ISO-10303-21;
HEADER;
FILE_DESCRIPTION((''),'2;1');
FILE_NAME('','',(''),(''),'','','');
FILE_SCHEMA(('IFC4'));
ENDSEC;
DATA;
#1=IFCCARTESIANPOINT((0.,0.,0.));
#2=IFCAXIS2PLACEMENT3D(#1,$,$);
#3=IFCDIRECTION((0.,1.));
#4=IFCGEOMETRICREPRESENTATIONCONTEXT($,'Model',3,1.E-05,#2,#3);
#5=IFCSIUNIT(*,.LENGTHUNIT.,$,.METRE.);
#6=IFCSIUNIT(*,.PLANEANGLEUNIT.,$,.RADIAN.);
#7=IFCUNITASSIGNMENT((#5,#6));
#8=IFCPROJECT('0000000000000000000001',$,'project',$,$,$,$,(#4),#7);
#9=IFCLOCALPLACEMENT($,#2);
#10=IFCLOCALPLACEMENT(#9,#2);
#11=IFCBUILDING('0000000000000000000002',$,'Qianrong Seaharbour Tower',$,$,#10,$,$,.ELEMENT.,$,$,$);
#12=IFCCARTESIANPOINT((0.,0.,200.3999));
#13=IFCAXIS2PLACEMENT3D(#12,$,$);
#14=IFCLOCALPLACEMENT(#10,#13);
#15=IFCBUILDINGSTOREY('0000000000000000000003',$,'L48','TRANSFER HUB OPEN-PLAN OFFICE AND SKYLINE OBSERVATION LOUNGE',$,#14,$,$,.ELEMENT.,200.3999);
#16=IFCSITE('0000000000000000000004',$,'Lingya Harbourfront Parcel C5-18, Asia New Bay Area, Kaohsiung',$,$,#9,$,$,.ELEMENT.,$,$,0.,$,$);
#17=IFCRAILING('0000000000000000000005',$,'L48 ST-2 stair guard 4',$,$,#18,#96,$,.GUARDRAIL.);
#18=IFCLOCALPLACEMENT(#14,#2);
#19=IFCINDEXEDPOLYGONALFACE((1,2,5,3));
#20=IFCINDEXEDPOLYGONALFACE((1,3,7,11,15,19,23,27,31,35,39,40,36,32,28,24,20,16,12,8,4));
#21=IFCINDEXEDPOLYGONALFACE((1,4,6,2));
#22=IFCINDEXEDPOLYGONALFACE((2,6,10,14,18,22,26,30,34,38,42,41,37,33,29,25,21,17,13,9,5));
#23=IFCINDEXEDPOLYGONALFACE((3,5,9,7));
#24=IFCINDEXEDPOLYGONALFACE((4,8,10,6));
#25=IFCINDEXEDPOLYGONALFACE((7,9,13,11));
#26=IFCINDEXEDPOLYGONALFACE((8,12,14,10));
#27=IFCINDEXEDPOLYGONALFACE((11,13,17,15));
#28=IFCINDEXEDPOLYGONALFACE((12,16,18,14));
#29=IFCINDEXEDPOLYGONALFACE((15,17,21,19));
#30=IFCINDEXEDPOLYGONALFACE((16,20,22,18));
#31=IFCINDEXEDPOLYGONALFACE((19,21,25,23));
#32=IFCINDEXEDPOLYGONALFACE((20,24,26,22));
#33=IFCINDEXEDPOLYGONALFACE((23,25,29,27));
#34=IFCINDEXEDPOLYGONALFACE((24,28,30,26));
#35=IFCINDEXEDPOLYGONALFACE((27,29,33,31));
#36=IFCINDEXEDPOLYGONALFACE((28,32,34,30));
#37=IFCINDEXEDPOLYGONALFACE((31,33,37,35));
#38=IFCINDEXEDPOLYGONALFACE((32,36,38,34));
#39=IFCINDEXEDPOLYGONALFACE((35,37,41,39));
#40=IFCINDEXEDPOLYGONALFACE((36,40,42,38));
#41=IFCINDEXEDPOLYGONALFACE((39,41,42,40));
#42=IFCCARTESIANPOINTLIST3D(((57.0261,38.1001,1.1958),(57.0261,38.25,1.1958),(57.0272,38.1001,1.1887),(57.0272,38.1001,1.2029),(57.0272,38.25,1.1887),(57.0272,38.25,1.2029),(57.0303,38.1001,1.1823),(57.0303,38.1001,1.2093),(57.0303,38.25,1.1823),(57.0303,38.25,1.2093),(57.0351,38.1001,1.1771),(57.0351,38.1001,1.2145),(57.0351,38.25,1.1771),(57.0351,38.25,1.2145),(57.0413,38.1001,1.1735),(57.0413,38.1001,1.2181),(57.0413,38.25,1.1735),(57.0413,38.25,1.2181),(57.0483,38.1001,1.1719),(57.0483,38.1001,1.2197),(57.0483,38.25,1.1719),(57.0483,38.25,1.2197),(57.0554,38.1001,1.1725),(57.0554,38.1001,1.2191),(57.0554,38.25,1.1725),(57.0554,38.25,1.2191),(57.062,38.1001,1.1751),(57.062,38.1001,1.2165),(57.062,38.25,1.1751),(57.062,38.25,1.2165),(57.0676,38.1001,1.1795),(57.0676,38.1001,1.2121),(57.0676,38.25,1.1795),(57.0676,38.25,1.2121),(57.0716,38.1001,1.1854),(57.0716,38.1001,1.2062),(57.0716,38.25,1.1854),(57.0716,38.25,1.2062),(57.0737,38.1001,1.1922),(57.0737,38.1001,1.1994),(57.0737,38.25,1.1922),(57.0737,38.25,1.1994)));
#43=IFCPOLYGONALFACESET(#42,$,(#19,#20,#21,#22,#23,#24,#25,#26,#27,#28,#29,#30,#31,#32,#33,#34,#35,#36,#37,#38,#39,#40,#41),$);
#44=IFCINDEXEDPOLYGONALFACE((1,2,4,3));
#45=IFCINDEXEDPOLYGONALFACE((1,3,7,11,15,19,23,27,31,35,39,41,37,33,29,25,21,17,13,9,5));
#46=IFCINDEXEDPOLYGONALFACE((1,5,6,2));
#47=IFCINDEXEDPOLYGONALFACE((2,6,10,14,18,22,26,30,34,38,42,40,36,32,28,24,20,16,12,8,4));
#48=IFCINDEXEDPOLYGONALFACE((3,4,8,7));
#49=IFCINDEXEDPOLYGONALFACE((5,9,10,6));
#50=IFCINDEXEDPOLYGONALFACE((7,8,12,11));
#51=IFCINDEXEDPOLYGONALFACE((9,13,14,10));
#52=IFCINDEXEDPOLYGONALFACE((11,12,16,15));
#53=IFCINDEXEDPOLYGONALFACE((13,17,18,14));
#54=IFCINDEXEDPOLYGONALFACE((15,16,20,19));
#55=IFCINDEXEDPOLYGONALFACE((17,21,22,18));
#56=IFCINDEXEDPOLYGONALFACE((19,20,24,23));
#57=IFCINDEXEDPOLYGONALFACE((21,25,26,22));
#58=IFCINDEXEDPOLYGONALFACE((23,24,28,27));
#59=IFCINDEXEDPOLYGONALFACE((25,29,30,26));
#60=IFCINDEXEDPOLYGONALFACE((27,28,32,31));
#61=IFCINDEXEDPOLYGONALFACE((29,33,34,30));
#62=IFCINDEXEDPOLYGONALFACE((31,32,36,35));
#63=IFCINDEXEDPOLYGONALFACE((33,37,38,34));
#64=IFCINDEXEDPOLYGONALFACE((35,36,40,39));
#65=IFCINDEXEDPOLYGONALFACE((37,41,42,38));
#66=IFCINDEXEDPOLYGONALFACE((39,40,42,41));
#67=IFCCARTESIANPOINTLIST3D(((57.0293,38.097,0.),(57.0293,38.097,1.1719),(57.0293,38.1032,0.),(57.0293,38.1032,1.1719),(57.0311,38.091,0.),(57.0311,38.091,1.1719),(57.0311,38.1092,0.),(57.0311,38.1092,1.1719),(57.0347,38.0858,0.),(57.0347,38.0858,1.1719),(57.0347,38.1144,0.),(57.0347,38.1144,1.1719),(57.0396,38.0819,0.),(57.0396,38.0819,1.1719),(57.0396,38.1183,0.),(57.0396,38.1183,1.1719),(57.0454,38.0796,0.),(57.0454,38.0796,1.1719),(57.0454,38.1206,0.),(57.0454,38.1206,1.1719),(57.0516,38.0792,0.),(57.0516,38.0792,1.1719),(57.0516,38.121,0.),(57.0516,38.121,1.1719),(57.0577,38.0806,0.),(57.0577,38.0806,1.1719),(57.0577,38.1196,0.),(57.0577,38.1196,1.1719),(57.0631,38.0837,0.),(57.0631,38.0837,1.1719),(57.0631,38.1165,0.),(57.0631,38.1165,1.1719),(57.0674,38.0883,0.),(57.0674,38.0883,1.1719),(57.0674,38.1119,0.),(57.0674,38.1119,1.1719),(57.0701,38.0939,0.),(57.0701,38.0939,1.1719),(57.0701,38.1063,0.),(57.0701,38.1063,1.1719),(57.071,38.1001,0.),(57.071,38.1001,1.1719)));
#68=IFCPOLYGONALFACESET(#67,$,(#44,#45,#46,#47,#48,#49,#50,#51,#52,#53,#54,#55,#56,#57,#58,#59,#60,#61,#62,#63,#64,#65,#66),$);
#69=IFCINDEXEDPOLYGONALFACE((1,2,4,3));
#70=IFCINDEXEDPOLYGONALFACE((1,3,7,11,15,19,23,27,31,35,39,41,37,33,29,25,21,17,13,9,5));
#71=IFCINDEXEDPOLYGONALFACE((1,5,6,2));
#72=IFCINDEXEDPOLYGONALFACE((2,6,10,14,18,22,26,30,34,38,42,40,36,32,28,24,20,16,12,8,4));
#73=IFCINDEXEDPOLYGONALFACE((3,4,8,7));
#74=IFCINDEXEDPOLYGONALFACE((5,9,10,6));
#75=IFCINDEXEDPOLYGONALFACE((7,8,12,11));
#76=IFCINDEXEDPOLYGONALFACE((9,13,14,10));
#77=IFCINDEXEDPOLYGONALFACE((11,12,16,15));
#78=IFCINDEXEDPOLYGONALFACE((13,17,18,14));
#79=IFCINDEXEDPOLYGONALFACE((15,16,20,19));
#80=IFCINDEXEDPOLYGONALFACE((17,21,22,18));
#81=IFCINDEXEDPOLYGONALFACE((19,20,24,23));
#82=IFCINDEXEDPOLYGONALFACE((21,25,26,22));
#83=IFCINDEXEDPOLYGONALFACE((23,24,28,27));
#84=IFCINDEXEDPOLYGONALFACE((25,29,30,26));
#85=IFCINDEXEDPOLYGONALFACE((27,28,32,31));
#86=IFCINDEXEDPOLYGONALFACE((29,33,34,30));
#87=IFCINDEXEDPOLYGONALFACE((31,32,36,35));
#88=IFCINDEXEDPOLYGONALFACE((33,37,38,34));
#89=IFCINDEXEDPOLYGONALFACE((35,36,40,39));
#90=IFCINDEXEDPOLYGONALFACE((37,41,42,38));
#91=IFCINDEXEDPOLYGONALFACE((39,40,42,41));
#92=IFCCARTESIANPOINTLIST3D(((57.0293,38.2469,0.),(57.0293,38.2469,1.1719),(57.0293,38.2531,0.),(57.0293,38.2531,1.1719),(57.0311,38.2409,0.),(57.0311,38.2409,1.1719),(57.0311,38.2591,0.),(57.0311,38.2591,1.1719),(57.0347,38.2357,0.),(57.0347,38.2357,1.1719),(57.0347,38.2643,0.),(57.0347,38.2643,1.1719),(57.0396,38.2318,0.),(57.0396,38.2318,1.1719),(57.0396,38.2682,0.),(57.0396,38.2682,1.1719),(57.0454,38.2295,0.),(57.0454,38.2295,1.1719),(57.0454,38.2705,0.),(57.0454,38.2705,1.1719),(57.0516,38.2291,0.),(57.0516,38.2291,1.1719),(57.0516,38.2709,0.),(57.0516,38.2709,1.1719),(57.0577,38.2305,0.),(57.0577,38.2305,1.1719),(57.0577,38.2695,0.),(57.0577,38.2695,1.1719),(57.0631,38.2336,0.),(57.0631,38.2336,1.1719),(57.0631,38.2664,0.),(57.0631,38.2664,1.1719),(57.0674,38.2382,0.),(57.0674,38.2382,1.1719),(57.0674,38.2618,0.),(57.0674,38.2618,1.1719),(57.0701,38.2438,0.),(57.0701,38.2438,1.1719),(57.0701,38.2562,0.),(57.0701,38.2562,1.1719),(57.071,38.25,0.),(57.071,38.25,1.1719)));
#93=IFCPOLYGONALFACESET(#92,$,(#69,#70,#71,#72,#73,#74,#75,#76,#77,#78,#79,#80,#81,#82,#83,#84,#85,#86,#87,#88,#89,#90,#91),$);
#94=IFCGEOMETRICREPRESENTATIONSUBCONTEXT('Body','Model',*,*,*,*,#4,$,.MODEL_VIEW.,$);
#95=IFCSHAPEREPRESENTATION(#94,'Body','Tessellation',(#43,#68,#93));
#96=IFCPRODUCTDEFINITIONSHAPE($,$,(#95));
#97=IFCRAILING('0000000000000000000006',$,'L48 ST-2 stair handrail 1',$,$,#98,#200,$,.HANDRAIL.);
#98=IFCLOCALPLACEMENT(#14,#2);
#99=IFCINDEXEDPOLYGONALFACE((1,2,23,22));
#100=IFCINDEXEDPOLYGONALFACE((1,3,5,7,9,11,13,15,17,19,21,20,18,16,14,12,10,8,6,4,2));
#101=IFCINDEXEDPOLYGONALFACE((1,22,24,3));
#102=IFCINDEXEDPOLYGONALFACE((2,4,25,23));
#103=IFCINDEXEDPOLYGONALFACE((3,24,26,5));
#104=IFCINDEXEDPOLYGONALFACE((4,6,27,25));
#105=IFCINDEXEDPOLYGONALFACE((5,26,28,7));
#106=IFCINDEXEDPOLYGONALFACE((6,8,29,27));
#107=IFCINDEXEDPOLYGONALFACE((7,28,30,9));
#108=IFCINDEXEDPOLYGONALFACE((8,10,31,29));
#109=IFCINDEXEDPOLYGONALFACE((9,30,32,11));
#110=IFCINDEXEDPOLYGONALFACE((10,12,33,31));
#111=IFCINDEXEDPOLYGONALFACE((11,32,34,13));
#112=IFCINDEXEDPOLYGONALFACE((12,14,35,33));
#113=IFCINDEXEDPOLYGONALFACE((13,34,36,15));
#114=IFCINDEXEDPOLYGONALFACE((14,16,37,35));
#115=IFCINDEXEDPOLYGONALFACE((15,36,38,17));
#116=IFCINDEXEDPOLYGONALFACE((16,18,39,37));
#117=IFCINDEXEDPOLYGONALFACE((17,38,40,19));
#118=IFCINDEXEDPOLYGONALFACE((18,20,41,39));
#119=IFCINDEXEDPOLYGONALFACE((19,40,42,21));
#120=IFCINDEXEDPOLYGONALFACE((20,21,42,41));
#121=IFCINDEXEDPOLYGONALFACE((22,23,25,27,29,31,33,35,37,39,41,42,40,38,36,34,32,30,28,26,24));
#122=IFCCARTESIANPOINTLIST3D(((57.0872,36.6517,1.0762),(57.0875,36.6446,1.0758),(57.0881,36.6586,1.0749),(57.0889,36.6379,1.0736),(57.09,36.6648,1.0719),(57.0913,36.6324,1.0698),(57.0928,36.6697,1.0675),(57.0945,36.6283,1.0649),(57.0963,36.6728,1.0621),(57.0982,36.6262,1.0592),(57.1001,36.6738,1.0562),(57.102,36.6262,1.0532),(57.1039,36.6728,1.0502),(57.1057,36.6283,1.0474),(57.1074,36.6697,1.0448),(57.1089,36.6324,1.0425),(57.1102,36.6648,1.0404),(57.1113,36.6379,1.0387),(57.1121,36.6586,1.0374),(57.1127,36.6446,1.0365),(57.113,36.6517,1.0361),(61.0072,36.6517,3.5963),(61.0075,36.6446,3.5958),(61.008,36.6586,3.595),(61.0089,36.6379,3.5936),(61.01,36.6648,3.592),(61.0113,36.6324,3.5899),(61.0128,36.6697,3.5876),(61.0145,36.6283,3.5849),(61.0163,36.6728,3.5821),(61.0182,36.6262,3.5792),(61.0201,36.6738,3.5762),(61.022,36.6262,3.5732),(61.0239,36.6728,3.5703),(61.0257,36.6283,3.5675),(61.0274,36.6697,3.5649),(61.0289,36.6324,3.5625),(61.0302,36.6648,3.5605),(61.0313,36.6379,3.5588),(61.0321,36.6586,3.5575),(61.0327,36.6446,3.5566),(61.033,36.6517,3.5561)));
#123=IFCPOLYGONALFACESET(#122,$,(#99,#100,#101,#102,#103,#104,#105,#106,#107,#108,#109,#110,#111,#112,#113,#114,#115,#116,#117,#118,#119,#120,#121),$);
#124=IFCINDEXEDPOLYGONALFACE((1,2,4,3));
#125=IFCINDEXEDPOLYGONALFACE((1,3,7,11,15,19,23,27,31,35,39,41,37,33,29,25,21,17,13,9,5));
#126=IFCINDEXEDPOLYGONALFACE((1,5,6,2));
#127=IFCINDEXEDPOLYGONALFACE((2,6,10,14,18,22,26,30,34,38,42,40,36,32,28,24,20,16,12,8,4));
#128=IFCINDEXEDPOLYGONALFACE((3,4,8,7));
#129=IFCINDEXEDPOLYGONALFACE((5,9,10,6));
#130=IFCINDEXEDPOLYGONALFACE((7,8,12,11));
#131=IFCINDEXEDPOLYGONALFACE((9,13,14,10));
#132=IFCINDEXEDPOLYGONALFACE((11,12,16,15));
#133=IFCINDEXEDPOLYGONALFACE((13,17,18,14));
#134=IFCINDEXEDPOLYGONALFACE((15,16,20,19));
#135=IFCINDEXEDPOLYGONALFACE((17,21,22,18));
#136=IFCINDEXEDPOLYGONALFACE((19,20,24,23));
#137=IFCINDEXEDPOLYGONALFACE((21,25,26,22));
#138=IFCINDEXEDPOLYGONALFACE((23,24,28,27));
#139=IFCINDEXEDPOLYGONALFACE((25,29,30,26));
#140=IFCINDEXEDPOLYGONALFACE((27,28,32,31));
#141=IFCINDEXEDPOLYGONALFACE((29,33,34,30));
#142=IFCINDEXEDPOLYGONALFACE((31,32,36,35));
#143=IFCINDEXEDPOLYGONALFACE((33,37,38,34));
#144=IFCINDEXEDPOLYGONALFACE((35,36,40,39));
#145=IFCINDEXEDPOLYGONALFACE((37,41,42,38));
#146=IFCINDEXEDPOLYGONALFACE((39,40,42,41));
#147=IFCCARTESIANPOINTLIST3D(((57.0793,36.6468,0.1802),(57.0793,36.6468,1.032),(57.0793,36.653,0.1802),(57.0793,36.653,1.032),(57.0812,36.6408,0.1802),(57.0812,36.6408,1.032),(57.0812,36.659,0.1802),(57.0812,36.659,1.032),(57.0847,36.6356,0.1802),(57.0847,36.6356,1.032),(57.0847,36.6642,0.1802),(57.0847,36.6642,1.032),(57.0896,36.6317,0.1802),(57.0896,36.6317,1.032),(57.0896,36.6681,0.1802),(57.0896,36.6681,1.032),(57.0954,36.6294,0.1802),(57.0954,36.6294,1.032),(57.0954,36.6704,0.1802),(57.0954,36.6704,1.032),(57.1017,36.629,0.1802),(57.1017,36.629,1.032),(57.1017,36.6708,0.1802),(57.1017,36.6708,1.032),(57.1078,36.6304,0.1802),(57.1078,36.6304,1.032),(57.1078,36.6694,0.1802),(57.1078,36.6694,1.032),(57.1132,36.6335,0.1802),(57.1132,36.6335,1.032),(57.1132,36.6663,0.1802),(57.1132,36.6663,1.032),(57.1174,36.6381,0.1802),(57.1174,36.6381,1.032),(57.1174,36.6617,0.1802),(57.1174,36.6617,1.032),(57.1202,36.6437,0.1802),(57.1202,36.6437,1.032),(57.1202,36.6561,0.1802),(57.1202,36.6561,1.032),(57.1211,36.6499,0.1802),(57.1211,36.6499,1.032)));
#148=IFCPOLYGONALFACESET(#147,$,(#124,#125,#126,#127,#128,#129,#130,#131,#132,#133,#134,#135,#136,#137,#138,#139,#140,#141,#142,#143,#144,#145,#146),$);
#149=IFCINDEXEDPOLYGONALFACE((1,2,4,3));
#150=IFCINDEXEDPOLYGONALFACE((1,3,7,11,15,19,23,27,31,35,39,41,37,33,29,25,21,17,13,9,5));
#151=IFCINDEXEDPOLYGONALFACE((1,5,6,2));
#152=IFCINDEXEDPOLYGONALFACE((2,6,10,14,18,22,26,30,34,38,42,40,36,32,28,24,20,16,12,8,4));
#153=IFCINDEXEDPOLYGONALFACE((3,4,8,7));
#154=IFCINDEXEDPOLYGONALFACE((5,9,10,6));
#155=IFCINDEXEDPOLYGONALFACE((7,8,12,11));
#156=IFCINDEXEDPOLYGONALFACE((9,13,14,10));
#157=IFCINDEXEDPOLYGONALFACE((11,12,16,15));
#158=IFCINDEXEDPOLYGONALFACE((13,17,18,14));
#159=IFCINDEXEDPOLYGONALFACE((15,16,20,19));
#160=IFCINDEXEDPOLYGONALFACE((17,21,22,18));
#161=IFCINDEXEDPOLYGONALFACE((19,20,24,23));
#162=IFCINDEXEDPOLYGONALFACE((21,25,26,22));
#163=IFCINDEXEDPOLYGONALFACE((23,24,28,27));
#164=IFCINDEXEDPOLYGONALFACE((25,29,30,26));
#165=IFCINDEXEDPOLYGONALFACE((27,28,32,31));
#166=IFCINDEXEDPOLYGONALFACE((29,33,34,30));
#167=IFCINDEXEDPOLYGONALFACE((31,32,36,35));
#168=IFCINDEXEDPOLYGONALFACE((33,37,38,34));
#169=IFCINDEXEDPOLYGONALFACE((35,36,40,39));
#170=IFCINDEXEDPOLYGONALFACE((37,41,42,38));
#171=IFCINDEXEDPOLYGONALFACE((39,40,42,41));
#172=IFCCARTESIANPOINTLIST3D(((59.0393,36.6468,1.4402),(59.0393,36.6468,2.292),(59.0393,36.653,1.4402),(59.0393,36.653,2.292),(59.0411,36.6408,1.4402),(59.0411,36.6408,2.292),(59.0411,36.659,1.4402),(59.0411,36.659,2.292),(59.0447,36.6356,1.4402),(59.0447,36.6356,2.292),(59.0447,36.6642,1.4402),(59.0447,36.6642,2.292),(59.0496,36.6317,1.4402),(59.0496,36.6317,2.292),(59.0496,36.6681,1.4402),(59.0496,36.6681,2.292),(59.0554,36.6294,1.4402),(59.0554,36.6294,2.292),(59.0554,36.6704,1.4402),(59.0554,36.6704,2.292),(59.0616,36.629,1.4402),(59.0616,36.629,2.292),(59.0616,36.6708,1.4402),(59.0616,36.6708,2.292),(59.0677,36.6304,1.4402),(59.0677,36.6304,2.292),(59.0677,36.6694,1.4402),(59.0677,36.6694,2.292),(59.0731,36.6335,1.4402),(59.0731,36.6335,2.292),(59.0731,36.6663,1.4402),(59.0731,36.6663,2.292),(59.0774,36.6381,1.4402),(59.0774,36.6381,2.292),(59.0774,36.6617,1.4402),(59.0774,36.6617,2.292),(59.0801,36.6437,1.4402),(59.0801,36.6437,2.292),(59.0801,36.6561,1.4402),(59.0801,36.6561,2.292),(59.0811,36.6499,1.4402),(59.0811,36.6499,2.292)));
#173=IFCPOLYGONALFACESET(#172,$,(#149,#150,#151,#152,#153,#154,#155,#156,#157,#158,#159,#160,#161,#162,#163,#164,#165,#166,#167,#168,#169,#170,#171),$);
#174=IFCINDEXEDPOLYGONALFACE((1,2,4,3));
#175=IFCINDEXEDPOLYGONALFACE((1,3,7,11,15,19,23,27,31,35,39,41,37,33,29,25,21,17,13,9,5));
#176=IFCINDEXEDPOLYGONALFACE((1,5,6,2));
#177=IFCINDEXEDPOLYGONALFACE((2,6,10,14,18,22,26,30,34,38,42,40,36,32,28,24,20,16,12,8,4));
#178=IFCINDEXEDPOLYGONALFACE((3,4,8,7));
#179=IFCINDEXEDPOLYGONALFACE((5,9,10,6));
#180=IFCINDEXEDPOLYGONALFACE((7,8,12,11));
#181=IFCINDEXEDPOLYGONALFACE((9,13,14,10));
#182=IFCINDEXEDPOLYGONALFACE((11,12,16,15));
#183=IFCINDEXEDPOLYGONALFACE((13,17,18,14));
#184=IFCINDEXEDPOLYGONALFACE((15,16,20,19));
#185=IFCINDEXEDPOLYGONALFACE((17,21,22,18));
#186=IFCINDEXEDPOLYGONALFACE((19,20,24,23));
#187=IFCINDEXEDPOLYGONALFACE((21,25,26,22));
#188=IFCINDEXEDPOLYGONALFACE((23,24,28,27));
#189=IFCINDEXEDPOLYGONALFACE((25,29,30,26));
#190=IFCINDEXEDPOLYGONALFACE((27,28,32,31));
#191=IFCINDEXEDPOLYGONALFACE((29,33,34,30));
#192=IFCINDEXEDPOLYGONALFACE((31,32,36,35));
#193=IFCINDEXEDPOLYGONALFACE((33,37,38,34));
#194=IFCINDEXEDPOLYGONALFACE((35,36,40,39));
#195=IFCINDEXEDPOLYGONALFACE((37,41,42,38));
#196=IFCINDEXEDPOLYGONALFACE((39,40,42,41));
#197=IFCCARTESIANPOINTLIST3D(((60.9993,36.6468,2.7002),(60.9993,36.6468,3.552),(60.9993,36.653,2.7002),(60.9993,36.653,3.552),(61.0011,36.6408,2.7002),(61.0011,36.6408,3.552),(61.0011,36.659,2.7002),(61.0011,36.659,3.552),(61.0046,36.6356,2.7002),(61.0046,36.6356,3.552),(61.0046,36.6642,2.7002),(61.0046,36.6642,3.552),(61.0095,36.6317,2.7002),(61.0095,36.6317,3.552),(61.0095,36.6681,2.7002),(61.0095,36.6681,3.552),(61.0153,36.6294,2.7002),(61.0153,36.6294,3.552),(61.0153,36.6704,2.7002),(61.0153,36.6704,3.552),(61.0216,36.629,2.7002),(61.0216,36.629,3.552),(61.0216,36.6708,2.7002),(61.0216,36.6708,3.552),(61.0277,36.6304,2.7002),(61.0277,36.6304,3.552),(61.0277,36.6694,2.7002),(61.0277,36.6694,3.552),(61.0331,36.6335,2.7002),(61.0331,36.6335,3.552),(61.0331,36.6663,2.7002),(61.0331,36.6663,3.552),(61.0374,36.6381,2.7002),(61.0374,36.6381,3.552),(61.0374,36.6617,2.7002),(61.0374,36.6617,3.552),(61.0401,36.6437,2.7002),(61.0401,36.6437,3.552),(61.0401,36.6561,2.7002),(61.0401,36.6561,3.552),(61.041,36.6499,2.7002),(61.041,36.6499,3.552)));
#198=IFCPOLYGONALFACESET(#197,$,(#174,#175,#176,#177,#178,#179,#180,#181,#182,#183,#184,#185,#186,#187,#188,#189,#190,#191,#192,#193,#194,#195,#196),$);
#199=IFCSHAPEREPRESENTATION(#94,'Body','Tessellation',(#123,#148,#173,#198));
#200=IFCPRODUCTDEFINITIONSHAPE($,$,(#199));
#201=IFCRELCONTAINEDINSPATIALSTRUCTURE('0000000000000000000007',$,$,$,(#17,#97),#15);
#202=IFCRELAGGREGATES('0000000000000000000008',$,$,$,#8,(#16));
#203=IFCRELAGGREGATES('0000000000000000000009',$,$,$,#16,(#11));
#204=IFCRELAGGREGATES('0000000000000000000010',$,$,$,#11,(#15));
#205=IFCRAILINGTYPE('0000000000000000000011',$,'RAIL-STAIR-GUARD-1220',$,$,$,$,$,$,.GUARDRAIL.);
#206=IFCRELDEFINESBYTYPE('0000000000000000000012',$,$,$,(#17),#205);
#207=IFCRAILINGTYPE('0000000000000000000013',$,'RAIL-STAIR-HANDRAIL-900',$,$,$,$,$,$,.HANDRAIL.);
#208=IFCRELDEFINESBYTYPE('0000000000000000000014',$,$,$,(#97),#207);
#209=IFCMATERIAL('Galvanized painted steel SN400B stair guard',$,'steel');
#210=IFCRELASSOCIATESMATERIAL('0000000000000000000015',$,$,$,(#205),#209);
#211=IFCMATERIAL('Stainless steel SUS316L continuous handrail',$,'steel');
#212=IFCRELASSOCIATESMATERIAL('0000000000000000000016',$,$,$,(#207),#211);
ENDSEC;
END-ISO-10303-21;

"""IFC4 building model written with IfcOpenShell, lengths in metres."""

from ifc_helpers import new_model, si_unit, direction, frame, origin, origin_2d, place, context, subcontext, project, spatial, circle, extrude, material, type_object, element, save


model = new_model("IFC4")

# Units and contexts
model_context = context("Model", 3, precision=1e-05, world=origin(), true_north=direction((0.0, 1.0)))
body_context = subcontext(model_context, "Body", "Model", "MODEL_VIEW")
ifc_project = project(units=[si_unit("LENGTHUNIT", "METRE"), si_unit("PLANEANGLEUNIT", "RADIAN")], contexts=[model_context])

# Site, building, storey
site_placement = place(None, origin())
site = spatial("IfcSite", under=ifc_project, at=site_placement, Name="Lingya Harbourfront Parcel C5-18, Asia New Bay Area, Kaohsiung", CompositionType="ELEMENT", RefElevation=0.0)
building_placement = place(site_placement, origin())
building = spatial("IfcBuilding", under=site, at=building_placement, Name="Qianrong Seaharbour Tower", CompositionType="ELEMENT")
storey_placement = place(building_placement, frame((0.0, 0.0, 200.3999)))
storey = spatial("IfcBuildingStorey", under=building, at=storey_placement, Name="L48", Description="TRANSFER HUB OPEN-PLAN OFFICE AND SKYLINE OBSERVATION LOUNGE", CompositionType="ELEMENT", Elevation=200.3999)

# Railings
ifc_material_1 = material(Name="Galvanized painted steel SN400B stair guard", Category="steel")
railing_type_1 = type_object("IfcRailingType", Name="RAIL-STAIR-GUARD-1220", PredefinedType="GUARDRAIL", material=ifc_material_1)
railing_1_placement = place(storey_placement, frame((57.05, 38.1001, 0.0)))
element("IfcRailing", 1, at=railing_1_placement, inside=storey, type_object=railing_type_1, Name="L48 ST-2 stair guard 4", PredefinedType="GUARDRAIL", context=body_context, shape_type="SweptSolid", body=[
    extrude(circle(Radius=0.0239, at=origin_2d()), frame((0.0, 0.0, 1.1958), z_axis=(0.0, 1.0, 0.0), x_axis=(-1.0, 0.0, 0.0)), (0.0, 0.0, 1.0), 0.1499),
    extrude(circle(Radius=0.021, at=origin_2d()), origin(), (0.0, 0.0, 1.0), 1.1719),
    extrude(circle(Radius=0.021, at=origin_2d()), frame((0.0, 0.1499, 0.0)), (0.0, 0.0, 1.0), 1.1719),
])
ifc_material_2 = material(Name="Stainless steel SUS316L continuous handrail", Category="steel")
railing_type_2 = type_object("IfcRailingType", Name="RAIL-STAIR-HANDRAIL-900", PredefinedType="HANDRAIL", material=ifc_material_2)
railing_2_placement = place(storey_placement, frame((57.1001, 36.6499, 0.1802)))
element("IfcRailing", 2, at=railing_2_placement, inside=storey, type_object=railing_type_2, Name="L48 ST-2 stair handrail 1", PredefinedType="HANDRAIL", context=body_context, shape_type="SweptSolid", body=[
    extrude(circle(Radius=0.0239, at=origin_2d()), frame((0.0, 0.0, 0.876), z_axis=(0.841172, 0.0, 0.540768), x_axis=(0.0, 1.0, 0.0)), (0.0, 0.0, 1.0), 4.6602),
    extrude(circle(Radius=0.021, at=origin_2d()), origin(), (0.0, 0.0, 1.0), 0.8518),
    extrude(circle(Radius=0.021, at=origin_2d()), frame((1.96, 0.0, 1.26)), (0.0, 0.0, 1.0), 0.8518),
    extrude(circle(Radius=0.021, at=origin_2d()), frame((3.9199, 0.0, 2.52)), (0.0, 0.0, 1.0), 0.8518),
])

save(model, "model.ifc")
